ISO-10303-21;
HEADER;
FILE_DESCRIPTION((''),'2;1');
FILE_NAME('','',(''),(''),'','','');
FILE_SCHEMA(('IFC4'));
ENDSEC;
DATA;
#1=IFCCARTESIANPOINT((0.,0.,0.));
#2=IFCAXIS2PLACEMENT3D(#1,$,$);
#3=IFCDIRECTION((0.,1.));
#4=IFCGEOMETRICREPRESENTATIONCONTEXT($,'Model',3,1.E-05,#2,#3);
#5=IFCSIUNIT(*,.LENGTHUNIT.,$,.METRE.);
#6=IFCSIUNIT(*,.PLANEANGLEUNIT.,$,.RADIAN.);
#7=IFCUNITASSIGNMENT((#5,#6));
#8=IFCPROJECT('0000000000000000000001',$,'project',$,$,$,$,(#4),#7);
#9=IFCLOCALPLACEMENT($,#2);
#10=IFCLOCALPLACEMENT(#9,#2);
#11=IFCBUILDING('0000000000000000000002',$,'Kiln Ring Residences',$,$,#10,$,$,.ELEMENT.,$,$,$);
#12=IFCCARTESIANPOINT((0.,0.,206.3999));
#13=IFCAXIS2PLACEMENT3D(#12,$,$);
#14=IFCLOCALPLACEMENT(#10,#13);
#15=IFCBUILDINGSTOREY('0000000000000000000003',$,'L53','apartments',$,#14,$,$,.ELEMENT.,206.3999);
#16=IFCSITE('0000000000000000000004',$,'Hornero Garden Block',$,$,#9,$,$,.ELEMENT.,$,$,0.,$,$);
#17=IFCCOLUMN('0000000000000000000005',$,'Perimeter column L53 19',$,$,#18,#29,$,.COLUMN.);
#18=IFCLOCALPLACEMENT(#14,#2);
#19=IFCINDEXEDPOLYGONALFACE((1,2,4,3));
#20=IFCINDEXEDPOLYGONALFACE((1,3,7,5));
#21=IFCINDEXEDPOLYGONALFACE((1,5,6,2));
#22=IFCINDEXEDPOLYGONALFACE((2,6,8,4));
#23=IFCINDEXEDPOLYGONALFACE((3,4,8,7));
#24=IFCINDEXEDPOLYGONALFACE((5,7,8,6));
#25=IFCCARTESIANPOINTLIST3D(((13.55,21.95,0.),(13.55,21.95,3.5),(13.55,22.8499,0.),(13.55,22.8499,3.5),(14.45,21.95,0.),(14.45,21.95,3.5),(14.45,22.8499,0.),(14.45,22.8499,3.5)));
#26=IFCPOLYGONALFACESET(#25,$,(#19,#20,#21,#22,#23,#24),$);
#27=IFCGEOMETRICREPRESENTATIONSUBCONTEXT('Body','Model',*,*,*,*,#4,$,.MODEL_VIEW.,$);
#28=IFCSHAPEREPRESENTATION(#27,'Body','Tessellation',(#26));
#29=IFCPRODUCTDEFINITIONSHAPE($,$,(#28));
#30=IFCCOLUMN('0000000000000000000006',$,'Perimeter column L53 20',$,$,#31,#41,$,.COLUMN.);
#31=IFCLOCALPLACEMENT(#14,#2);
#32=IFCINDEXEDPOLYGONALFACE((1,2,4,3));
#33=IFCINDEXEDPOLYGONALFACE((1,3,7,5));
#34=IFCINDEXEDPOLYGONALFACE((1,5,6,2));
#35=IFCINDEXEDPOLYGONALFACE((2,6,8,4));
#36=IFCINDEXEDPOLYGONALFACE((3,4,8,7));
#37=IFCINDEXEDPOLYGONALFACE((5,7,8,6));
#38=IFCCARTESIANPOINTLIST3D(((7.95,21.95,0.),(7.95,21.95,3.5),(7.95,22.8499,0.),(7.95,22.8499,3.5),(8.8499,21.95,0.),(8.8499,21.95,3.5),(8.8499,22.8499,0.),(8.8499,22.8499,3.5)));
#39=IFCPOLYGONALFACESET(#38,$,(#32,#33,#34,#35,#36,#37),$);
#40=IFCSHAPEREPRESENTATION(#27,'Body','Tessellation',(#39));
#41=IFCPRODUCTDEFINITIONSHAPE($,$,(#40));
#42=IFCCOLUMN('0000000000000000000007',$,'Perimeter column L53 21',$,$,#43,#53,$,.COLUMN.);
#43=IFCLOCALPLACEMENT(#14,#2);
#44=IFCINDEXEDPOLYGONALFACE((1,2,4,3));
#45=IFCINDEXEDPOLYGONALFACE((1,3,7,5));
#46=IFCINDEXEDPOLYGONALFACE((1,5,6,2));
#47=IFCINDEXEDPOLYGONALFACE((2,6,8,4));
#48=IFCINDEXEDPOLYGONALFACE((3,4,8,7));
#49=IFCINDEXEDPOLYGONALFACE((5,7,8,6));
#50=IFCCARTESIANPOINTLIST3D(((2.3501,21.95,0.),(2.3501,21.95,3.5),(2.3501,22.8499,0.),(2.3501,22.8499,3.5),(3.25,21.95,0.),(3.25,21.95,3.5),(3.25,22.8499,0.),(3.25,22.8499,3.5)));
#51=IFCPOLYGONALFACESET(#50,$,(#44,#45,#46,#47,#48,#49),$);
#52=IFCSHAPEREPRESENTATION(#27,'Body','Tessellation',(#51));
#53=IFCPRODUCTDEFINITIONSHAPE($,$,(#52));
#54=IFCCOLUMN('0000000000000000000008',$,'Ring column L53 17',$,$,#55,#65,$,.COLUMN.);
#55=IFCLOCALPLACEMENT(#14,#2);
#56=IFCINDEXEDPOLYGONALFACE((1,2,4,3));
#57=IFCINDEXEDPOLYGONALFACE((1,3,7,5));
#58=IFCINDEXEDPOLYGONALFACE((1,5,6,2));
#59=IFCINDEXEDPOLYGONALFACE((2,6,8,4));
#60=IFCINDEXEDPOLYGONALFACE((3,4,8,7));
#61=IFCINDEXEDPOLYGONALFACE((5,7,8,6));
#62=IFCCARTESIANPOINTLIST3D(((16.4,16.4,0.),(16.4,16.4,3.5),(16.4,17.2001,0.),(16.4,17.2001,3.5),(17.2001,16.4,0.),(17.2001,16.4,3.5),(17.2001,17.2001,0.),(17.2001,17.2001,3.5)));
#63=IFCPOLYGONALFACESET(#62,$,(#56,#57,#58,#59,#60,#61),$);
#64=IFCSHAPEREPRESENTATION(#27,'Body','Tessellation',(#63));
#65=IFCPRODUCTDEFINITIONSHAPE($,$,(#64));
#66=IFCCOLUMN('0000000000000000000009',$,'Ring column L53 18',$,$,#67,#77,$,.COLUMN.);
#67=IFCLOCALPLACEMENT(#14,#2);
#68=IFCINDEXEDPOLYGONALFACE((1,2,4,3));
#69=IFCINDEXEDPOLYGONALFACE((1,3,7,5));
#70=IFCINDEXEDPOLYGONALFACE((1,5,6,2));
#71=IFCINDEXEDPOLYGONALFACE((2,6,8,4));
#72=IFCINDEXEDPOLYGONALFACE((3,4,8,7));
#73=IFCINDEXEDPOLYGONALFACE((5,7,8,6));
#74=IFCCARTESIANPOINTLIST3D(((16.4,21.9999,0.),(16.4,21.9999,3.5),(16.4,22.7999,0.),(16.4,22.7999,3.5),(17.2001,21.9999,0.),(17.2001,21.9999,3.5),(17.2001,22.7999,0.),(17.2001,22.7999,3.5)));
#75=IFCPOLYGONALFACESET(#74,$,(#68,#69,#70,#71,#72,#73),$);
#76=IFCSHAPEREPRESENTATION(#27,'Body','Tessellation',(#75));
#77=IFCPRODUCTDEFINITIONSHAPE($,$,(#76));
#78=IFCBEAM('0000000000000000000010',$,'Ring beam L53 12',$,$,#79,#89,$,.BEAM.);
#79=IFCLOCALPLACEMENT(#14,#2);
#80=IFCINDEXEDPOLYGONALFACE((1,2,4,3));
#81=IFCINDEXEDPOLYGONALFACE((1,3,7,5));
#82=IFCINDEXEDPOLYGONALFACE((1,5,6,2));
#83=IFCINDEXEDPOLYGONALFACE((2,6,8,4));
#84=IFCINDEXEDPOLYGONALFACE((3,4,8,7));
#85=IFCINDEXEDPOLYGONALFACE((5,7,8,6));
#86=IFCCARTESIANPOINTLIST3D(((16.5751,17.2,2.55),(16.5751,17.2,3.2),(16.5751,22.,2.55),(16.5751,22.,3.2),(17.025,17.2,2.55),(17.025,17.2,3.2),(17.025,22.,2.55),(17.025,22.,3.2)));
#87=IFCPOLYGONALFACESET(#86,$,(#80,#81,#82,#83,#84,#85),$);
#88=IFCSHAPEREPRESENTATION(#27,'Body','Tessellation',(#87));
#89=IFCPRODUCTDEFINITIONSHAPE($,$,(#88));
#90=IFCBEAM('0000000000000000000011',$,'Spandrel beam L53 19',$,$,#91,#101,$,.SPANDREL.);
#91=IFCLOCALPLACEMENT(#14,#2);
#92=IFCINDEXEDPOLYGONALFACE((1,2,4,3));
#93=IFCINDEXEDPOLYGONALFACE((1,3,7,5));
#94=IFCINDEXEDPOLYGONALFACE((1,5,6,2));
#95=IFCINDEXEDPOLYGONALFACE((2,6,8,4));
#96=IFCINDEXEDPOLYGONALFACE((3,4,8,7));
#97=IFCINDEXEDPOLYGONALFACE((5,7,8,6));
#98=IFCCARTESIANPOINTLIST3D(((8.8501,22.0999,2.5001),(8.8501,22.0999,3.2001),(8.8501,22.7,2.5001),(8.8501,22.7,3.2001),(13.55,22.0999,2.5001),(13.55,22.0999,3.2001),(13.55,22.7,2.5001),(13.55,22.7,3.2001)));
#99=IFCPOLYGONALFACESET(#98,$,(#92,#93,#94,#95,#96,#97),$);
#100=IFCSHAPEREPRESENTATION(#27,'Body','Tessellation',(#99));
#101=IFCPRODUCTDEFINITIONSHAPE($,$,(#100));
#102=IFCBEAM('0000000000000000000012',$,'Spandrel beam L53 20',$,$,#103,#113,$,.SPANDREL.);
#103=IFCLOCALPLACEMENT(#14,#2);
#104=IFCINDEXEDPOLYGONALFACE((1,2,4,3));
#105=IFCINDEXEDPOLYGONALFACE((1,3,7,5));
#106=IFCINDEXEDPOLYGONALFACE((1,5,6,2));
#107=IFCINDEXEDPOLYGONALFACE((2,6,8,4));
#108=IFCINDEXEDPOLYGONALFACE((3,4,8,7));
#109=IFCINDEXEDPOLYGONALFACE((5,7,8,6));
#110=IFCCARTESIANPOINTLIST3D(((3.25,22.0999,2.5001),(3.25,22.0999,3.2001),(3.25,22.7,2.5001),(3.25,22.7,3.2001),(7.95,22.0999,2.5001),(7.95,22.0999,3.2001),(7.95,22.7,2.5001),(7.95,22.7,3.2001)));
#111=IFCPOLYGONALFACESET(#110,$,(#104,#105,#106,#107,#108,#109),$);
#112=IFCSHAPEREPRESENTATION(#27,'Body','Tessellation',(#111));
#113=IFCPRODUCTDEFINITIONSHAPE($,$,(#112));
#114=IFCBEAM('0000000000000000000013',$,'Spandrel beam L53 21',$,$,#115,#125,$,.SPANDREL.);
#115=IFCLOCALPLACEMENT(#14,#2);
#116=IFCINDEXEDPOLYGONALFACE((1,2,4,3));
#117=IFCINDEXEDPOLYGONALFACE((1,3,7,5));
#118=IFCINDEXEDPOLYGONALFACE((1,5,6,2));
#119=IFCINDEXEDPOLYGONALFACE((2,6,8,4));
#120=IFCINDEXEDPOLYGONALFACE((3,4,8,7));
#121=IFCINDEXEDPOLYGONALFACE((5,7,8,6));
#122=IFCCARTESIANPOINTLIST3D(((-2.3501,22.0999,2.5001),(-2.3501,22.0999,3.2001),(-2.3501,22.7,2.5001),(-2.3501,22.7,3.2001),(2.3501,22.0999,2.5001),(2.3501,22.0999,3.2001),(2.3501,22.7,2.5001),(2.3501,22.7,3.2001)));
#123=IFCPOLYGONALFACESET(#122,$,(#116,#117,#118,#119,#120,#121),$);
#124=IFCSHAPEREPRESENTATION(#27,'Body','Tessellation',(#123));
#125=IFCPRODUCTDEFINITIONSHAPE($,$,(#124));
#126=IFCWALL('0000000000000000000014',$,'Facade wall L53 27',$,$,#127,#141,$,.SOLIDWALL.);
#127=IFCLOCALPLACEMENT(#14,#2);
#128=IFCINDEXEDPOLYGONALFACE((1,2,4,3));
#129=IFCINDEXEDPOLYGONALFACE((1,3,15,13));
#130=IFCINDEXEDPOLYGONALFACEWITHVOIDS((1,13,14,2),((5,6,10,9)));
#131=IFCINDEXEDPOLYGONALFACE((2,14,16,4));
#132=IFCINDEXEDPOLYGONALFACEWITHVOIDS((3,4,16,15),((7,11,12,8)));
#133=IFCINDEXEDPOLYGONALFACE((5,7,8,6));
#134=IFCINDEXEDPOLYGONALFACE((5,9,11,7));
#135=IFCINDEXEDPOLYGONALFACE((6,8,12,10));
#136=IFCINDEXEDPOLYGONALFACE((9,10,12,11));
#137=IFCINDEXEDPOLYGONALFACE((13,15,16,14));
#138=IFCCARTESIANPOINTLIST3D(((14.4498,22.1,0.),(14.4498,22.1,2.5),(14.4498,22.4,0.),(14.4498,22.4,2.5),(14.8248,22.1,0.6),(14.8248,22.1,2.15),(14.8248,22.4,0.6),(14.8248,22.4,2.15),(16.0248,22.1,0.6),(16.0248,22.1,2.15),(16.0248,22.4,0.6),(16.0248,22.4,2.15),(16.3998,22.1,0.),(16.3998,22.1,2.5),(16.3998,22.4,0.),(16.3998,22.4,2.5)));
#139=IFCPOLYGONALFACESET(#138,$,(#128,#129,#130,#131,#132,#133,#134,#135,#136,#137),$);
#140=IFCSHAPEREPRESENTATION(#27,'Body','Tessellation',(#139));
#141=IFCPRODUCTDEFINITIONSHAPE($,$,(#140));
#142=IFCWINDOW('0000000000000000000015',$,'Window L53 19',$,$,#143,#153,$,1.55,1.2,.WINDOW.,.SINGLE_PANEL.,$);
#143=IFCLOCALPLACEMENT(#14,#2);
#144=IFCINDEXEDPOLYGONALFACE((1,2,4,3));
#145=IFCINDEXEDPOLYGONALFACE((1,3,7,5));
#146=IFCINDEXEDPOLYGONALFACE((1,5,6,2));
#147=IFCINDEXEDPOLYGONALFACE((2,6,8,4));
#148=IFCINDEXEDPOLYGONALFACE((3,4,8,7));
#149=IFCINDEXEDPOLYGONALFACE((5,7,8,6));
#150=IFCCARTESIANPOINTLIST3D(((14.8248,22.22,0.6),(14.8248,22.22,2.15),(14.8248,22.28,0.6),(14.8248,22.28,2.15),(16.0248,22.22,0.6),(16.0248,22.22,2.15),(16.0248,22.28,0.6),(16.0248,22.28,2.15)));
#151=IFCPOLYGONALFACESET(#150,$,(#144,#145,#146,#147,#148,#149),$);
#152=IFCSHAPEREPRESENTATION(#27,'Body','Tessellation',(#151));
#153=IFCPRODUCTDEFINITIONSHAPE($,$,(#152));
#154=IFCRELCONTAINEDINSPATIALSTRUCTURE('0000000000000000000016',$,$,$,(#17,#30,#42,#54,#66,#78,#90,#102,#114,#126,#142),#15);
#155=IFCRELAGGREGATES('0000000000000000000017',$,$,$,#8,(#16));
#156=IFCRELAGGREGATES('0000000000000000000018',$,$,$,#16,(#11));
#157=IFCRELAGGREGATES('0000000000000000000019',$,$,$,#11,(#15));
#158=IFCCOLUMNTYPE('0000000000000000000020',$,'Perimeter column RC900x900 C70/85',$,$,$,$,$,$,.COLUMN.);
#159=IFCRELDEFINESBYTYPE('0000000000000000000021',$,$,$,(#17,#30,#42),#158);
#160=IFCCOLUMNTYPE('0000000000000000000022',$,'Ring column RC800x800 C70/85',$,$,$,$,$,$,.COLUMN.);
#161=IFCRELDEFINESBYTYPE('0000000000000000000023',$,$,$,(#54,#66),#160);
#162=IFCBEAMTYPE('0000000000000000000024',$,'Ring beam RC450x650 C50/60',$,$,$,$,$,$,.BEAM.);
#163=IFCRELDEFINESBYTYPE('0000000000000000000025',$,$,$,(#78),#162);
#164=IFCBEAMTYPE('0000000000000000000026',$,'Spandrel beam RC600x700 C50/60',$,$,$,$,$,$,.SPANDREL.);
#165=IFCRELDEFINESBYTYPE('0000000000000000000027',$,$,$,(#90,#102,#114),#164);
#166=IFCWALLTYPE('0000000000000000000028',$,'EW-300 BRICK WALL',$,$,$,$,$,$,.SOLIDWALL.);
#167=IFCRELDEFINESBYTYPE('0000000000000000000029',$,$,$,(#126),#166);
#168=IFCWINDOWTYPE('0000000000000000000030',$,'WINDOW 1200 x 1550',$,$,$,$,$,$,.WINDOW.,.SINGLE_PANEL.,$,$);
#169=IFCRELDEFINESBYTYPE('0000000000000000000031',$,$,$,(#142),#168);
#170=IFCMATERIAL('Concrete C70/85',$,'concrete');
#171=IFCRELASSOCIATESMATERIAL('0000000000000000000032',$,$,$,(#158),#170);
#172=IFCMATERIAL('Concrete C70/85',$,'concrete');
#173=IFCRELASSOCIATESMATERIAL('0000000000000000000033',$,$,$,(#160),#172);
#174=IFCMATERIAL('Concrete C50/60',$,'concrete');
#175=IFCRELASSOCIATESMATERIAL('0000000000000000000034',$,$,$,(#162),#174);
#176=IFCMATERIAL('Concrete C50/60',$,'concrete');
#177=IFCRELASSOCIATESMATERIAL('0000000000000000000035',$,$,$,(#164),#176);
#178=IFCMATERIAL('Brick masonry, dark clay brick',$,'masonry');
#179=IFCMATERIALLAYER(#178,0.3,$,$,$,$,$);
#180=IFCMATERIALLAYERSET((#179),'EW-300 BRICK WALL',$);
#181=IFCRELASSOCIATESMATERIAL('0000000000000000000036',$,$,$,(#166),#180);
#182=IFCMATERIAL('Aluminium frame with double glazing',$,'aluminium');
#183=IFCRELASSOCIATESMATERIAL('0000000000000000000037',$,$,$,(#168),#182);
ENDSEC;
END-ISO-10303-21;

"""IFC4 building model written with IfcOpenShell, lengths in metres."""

from ifc_helpers import new_model, si_unit, direction, frame, frame_2d, origin, origin_2d, place, context, subcontext, project, spatial, rectangle, extrude, material, layer, layer_set, material_profile, profile_set, type_object, element, fill, save


model = new_model("IFC4")

# Units and contexts
model_context = context("Model", 3, precision=1e-05, world=origin(), true_north=direction((0.0, 1.0)))
body_context = subcontext(model_context, "Body", "Model", "MODEL_VIEW")
ifc_project = project(units=[si_unit("LENGTHUNIT", "METRE"), si_unit("PLANEANGLEUNIT", "RADIAN")], contexts=[model_context])

# Site, building, storey
site_placement = place(None, origin())
site = spatial("IfcSite", under=ifc_project, at=site_placement, Name="Hornero Garden Block", CompositionType="ELEMENT", RefElevation=0.0)
building_placement = place(site_placement, origin())
building = spatial("IfcBuilding", under=site, at=building_placement, Name="Kiln Ring Residences", CompositionType="ELEMENT")
storey_placement = place(building_placement, frame((0.0, 0.0, 206.3999)))
storey = spatial("IfcBuildingStorey", under=building, at=storey_placement, Name="L53", Description="apartments", CompositionType="ELEMENT", Elevation=206.3999)

# Columns
ifc_material_1 = material(Name="Concrete C70/85", Category="concrete")
ifc_material_profile_1 = material_profile(ifc_material_1, rectangle(XDim=0.8999, YDim=0.8999, at=origin_2d()), Name="RC900x900")
ifc_profile_set_1 = profile_set([ifc_material_profile_1], Name="Concrete C70/85")
column_type_1 = type_object("IfcColumnType", Name="Perimeter column RC900x900 C70/85", PredefinedType="COLUMN", material=ifc_profile_set_1)
for number, where, z_axis, x_axis, name in (
    (1, (14.0, 22.3999, 0.0), (0.0, 0.0, 1.0), (1.0, 0.0, 0.0), "Perimeter column L53 19"),
    (2, (8.3999, 22.3999, 0.0), (0.0, 0.0, 1.0), (1.0, 0.0, 0.0), "Perimeter column L53 20"),
    (3, (2.8, 22.3999, 0.0), (0.0, 0.0, 1.0), (1.0, 0.0, 0.0), "Perimeter column L53 21"),
):
    element("IfcColumn", number, at=place(storey_placement, frame(where, z_axis=z_axis, x_axis=x_axis)), inside=storey, type_object=column_type_1, Name=name, PredefinedType="COLUMN", context=body_context, shape_type="SweptSolid", body=[
        extrude(rectangle(XDim=0.8999, YDim=0.8999, at=origin_2d()), origin(), (0.0, 0.0, 1.0), 3.5),
    ])
ifc_material_2 = material(Name="Concrete C70/85", Category="concrete")
ifc_material_profile_2 = material_profile(ifc_material_2, rectangle(XDim=0.8, YDim=0.8, at=origin_2d()), Name="RC800x800")
ifc_profile_set_2 = profile_set([ifc_material_profile_2], Name="Concrete C70/85")
column_type_2 = type_object("IfcColumnType", Name="Ring column RC800x800 C70/85", PredefinedType="COLUMN", material=ifc_profile_set_2)
for number, where, z_axis, x_axis, name in (
    (4, (16.8, 16.8, 0.0), (0.0, 0.0, 1.0), (1.0, 0.0, 0.0), "Ring column L53 17"),
    (5, (16.8, 22.3999, 0.0), (0.0, 0.0, 1.0), (1.0, 0.0, 0.0), "Ring column L53 18"),
):
    element("IfcColumn", number, at=place(storey_placement, frame(where, z_axis=z_axis, x_axis=x_axis)), inside=storey, type_object=column_type_2, Name=name, PredefinedType="COLUMN", context=body_context, shape_type="SweptSolid", body=[
        extrude(rectangle(XDim=0.8, YDim=0.8, at=origin_2d()), origin(), (0.0, 0.0, 1.0), 3.5),
    ])

# Beams
ifc_material_3 = material(Name="Concrete C50/60", Category="concrete")
ifc_material_profile_3 = material_profile(ifc_material_3, rectangle(XDim=0.45, YDim=0.6499, at=origin_2d()), Name="RC450x650")
ifc_profile_set_3 = profile_set([ifc_material_profile_3], Name="Concrete C50/60")
beam_type_1 = type_object("IfcBeamType", Name="Ring beam RC450x650 C50/60", PredefinedType="BEAM", material=ifc_profile_set_3)
beam_1_placement = place(storey_placement, frame((16.8, 17.2, 2.875), z_axis=(0.0, 1.0, 0.0), x_axis=(-1.0, 0.0, 0.0)))
element("IfcBeam", 6, at=beam_1_placement, inside=storey, type_object=beam_type_1, Name="Ring beam L53 12", PredefinedType="BEAM", context=body_context, shape_type="SweptSolid", body=[
    extrude(rectangle(XDim=0.45, YDim=0.6499, at=origin_2d()), origin(), (0.0, 0.0, 1.0), 4.8),
])
ifc_material_4 = material(Name="Concrete C50/60", Category="concrete")
ifc_material_profile_4 = material_profile(ifc_material_4, rectangle(XDim=0.6001, YDim=0.7, at=origin_2d()), Name="RC600x700")
ifc_profile_set_4 = profile_set([ifc_material_profile_4], Name="Concrete C50/60")
beam_type_2 = type_object("IfcBeamType", Name="Spandrel beam RC600x700 C50/60", PredefinedType="SPANDREL", material=ifc_profile_set_4)
for number, where, z_axis, x_axis, name in (
    (7, (13.55, 22.3999, 2.8501), (-1.0, 0.0, 0.0), (0.0, -1.0, 0.0), "Spandrel beam L53 19"),
    (8, (7.95, 22.3999, 2.8501), (-1.0, 0.0, 0.0), (0.0, -1.0, 0.0), "Spandrel beam L53 20"),
):
    element("IfcBeam", number, at=place(storey_placement, frame(where, z_axis=z_axis, x_axis=x_axis)), inside=storey, type_object=beam_type_2, Name=name, PredefinedType="SPANDREL", context=body_context, shape_type="SweptSolid", body=[
        extrude(rectangle(XDim=0.6001, YDim=0.7, at=origin_2d()), origin(), (0.0, 0.0, 1.0), 4.7),
    ])
beam_2_placement = place(storey_placement, frame((2.3501, 22.3999, 2.8501), z_axis=(-1.0, 0.0, 0.0), x_axis=(0.0, -1.0, 0.0)))
element("IfcBeam", 9, at=beam_2_placement, inside=storey, type_object=beam_type_2, Name="Spandrel beam L53 21", PredefinedType="SPANDREL", context=body_context, shape_type="SweptSolid", body=[
    extrude(rectangle(XDim=0.6001, YDim=0.7, at=origin_2d()), origin(), (0.0, 0.0, 1.0), 4.7002),
])

# Wall, opening, window
ifc_material_5 = material(Name="Brick masonry, dark clay brick", Category="masonry")
ifc_layer_1 = layer(ifc_material_5, 0.3)
ifc_layer_set_1 = layer_set([ifc_layer_1], Name="EW-300 BRICK WALL")
wall_type_1 = type_object("IfcWallType", Name="EW-300 BRICK WALL", PredefinedType="SOLIDWALL", material=ifc_layer_set_1)
wall_1_placement = place(storey_placement, frame((16.3999, 22.25, 0.0), z_axis=(0.0, 0.0, 1.0), x_axis=(-1.0, 0.0, 0.0)))
wall_1 = element("IfcWall", 10, at=wall_1_placement, inside=storey, type_object=wall_type_1, Name="Facade wall L53 27", PredefinedType="SOLIDWALL", context=body_context, shape_type="SweptSolid", body=[
    extrude(rectangle(XDim=1.95, YDim=0.3, at=frame_2d((0.9751, 0.0))), origin(), (0.0, 0.0, 1.0), 2.5),
])
opening_1_placement = place(wall_1_placement, frame((0.375, 0.0, 0.6001)))
opening_1 = element("IfcOpeningElement", 11, at=opening_1_placement, cuts=wall_1, PredefinedType="OPENING", context=body_context, shape_type="SweptSolid", body=[
    extrude(rectangle(XDim=1.2, YDim=1.55, at=frame_2d((0.6001, 0.7749))), frame((0.0, 0.1599, 0.0), z_axis=(0.0, -1.0, 0.0), x_axis=(1.0, 0.0, 0.0)), (0.0, 0.0, 1.0), 0.3201),
])
ifc_material_6 = material(Name="Aluminium frame with double glazing", Category="aluminium")
window_type = type_object("IfcWindowType", Name="WINDOW 1200 x 1550", PartitioningType="SINGLE_PANEL", PredefinedType="WINDOW", material=ifc_material_6)
window_1_placement = place(opening_1_placement, origin())
window_1 = element("IfcWindow", 12, at=window_1_placement, inside=storey, type_object=window_type, Name="Window L53 19", OverallHeight=1.55, OverallWidth=1.2, PartitioningType="SINGLE_PANEL", PredefinedType="WINDOW", context=body_context, shape_type="SweptSolid", body=[
    extrude(rectangle(XDim=1.2, YDim=1.55, at=frame_2d((0.6001, 0.7749))), frame((0.0, 0.03, 0.0), z_axis=(0.0, -1.0, 0.0), x_axis=(1.0, 0.0, 0.0)), (0.0, 0.0, 1.0), 0.0601),
])
fill(opening_1, window_1)

save(model, "model.ifc")
